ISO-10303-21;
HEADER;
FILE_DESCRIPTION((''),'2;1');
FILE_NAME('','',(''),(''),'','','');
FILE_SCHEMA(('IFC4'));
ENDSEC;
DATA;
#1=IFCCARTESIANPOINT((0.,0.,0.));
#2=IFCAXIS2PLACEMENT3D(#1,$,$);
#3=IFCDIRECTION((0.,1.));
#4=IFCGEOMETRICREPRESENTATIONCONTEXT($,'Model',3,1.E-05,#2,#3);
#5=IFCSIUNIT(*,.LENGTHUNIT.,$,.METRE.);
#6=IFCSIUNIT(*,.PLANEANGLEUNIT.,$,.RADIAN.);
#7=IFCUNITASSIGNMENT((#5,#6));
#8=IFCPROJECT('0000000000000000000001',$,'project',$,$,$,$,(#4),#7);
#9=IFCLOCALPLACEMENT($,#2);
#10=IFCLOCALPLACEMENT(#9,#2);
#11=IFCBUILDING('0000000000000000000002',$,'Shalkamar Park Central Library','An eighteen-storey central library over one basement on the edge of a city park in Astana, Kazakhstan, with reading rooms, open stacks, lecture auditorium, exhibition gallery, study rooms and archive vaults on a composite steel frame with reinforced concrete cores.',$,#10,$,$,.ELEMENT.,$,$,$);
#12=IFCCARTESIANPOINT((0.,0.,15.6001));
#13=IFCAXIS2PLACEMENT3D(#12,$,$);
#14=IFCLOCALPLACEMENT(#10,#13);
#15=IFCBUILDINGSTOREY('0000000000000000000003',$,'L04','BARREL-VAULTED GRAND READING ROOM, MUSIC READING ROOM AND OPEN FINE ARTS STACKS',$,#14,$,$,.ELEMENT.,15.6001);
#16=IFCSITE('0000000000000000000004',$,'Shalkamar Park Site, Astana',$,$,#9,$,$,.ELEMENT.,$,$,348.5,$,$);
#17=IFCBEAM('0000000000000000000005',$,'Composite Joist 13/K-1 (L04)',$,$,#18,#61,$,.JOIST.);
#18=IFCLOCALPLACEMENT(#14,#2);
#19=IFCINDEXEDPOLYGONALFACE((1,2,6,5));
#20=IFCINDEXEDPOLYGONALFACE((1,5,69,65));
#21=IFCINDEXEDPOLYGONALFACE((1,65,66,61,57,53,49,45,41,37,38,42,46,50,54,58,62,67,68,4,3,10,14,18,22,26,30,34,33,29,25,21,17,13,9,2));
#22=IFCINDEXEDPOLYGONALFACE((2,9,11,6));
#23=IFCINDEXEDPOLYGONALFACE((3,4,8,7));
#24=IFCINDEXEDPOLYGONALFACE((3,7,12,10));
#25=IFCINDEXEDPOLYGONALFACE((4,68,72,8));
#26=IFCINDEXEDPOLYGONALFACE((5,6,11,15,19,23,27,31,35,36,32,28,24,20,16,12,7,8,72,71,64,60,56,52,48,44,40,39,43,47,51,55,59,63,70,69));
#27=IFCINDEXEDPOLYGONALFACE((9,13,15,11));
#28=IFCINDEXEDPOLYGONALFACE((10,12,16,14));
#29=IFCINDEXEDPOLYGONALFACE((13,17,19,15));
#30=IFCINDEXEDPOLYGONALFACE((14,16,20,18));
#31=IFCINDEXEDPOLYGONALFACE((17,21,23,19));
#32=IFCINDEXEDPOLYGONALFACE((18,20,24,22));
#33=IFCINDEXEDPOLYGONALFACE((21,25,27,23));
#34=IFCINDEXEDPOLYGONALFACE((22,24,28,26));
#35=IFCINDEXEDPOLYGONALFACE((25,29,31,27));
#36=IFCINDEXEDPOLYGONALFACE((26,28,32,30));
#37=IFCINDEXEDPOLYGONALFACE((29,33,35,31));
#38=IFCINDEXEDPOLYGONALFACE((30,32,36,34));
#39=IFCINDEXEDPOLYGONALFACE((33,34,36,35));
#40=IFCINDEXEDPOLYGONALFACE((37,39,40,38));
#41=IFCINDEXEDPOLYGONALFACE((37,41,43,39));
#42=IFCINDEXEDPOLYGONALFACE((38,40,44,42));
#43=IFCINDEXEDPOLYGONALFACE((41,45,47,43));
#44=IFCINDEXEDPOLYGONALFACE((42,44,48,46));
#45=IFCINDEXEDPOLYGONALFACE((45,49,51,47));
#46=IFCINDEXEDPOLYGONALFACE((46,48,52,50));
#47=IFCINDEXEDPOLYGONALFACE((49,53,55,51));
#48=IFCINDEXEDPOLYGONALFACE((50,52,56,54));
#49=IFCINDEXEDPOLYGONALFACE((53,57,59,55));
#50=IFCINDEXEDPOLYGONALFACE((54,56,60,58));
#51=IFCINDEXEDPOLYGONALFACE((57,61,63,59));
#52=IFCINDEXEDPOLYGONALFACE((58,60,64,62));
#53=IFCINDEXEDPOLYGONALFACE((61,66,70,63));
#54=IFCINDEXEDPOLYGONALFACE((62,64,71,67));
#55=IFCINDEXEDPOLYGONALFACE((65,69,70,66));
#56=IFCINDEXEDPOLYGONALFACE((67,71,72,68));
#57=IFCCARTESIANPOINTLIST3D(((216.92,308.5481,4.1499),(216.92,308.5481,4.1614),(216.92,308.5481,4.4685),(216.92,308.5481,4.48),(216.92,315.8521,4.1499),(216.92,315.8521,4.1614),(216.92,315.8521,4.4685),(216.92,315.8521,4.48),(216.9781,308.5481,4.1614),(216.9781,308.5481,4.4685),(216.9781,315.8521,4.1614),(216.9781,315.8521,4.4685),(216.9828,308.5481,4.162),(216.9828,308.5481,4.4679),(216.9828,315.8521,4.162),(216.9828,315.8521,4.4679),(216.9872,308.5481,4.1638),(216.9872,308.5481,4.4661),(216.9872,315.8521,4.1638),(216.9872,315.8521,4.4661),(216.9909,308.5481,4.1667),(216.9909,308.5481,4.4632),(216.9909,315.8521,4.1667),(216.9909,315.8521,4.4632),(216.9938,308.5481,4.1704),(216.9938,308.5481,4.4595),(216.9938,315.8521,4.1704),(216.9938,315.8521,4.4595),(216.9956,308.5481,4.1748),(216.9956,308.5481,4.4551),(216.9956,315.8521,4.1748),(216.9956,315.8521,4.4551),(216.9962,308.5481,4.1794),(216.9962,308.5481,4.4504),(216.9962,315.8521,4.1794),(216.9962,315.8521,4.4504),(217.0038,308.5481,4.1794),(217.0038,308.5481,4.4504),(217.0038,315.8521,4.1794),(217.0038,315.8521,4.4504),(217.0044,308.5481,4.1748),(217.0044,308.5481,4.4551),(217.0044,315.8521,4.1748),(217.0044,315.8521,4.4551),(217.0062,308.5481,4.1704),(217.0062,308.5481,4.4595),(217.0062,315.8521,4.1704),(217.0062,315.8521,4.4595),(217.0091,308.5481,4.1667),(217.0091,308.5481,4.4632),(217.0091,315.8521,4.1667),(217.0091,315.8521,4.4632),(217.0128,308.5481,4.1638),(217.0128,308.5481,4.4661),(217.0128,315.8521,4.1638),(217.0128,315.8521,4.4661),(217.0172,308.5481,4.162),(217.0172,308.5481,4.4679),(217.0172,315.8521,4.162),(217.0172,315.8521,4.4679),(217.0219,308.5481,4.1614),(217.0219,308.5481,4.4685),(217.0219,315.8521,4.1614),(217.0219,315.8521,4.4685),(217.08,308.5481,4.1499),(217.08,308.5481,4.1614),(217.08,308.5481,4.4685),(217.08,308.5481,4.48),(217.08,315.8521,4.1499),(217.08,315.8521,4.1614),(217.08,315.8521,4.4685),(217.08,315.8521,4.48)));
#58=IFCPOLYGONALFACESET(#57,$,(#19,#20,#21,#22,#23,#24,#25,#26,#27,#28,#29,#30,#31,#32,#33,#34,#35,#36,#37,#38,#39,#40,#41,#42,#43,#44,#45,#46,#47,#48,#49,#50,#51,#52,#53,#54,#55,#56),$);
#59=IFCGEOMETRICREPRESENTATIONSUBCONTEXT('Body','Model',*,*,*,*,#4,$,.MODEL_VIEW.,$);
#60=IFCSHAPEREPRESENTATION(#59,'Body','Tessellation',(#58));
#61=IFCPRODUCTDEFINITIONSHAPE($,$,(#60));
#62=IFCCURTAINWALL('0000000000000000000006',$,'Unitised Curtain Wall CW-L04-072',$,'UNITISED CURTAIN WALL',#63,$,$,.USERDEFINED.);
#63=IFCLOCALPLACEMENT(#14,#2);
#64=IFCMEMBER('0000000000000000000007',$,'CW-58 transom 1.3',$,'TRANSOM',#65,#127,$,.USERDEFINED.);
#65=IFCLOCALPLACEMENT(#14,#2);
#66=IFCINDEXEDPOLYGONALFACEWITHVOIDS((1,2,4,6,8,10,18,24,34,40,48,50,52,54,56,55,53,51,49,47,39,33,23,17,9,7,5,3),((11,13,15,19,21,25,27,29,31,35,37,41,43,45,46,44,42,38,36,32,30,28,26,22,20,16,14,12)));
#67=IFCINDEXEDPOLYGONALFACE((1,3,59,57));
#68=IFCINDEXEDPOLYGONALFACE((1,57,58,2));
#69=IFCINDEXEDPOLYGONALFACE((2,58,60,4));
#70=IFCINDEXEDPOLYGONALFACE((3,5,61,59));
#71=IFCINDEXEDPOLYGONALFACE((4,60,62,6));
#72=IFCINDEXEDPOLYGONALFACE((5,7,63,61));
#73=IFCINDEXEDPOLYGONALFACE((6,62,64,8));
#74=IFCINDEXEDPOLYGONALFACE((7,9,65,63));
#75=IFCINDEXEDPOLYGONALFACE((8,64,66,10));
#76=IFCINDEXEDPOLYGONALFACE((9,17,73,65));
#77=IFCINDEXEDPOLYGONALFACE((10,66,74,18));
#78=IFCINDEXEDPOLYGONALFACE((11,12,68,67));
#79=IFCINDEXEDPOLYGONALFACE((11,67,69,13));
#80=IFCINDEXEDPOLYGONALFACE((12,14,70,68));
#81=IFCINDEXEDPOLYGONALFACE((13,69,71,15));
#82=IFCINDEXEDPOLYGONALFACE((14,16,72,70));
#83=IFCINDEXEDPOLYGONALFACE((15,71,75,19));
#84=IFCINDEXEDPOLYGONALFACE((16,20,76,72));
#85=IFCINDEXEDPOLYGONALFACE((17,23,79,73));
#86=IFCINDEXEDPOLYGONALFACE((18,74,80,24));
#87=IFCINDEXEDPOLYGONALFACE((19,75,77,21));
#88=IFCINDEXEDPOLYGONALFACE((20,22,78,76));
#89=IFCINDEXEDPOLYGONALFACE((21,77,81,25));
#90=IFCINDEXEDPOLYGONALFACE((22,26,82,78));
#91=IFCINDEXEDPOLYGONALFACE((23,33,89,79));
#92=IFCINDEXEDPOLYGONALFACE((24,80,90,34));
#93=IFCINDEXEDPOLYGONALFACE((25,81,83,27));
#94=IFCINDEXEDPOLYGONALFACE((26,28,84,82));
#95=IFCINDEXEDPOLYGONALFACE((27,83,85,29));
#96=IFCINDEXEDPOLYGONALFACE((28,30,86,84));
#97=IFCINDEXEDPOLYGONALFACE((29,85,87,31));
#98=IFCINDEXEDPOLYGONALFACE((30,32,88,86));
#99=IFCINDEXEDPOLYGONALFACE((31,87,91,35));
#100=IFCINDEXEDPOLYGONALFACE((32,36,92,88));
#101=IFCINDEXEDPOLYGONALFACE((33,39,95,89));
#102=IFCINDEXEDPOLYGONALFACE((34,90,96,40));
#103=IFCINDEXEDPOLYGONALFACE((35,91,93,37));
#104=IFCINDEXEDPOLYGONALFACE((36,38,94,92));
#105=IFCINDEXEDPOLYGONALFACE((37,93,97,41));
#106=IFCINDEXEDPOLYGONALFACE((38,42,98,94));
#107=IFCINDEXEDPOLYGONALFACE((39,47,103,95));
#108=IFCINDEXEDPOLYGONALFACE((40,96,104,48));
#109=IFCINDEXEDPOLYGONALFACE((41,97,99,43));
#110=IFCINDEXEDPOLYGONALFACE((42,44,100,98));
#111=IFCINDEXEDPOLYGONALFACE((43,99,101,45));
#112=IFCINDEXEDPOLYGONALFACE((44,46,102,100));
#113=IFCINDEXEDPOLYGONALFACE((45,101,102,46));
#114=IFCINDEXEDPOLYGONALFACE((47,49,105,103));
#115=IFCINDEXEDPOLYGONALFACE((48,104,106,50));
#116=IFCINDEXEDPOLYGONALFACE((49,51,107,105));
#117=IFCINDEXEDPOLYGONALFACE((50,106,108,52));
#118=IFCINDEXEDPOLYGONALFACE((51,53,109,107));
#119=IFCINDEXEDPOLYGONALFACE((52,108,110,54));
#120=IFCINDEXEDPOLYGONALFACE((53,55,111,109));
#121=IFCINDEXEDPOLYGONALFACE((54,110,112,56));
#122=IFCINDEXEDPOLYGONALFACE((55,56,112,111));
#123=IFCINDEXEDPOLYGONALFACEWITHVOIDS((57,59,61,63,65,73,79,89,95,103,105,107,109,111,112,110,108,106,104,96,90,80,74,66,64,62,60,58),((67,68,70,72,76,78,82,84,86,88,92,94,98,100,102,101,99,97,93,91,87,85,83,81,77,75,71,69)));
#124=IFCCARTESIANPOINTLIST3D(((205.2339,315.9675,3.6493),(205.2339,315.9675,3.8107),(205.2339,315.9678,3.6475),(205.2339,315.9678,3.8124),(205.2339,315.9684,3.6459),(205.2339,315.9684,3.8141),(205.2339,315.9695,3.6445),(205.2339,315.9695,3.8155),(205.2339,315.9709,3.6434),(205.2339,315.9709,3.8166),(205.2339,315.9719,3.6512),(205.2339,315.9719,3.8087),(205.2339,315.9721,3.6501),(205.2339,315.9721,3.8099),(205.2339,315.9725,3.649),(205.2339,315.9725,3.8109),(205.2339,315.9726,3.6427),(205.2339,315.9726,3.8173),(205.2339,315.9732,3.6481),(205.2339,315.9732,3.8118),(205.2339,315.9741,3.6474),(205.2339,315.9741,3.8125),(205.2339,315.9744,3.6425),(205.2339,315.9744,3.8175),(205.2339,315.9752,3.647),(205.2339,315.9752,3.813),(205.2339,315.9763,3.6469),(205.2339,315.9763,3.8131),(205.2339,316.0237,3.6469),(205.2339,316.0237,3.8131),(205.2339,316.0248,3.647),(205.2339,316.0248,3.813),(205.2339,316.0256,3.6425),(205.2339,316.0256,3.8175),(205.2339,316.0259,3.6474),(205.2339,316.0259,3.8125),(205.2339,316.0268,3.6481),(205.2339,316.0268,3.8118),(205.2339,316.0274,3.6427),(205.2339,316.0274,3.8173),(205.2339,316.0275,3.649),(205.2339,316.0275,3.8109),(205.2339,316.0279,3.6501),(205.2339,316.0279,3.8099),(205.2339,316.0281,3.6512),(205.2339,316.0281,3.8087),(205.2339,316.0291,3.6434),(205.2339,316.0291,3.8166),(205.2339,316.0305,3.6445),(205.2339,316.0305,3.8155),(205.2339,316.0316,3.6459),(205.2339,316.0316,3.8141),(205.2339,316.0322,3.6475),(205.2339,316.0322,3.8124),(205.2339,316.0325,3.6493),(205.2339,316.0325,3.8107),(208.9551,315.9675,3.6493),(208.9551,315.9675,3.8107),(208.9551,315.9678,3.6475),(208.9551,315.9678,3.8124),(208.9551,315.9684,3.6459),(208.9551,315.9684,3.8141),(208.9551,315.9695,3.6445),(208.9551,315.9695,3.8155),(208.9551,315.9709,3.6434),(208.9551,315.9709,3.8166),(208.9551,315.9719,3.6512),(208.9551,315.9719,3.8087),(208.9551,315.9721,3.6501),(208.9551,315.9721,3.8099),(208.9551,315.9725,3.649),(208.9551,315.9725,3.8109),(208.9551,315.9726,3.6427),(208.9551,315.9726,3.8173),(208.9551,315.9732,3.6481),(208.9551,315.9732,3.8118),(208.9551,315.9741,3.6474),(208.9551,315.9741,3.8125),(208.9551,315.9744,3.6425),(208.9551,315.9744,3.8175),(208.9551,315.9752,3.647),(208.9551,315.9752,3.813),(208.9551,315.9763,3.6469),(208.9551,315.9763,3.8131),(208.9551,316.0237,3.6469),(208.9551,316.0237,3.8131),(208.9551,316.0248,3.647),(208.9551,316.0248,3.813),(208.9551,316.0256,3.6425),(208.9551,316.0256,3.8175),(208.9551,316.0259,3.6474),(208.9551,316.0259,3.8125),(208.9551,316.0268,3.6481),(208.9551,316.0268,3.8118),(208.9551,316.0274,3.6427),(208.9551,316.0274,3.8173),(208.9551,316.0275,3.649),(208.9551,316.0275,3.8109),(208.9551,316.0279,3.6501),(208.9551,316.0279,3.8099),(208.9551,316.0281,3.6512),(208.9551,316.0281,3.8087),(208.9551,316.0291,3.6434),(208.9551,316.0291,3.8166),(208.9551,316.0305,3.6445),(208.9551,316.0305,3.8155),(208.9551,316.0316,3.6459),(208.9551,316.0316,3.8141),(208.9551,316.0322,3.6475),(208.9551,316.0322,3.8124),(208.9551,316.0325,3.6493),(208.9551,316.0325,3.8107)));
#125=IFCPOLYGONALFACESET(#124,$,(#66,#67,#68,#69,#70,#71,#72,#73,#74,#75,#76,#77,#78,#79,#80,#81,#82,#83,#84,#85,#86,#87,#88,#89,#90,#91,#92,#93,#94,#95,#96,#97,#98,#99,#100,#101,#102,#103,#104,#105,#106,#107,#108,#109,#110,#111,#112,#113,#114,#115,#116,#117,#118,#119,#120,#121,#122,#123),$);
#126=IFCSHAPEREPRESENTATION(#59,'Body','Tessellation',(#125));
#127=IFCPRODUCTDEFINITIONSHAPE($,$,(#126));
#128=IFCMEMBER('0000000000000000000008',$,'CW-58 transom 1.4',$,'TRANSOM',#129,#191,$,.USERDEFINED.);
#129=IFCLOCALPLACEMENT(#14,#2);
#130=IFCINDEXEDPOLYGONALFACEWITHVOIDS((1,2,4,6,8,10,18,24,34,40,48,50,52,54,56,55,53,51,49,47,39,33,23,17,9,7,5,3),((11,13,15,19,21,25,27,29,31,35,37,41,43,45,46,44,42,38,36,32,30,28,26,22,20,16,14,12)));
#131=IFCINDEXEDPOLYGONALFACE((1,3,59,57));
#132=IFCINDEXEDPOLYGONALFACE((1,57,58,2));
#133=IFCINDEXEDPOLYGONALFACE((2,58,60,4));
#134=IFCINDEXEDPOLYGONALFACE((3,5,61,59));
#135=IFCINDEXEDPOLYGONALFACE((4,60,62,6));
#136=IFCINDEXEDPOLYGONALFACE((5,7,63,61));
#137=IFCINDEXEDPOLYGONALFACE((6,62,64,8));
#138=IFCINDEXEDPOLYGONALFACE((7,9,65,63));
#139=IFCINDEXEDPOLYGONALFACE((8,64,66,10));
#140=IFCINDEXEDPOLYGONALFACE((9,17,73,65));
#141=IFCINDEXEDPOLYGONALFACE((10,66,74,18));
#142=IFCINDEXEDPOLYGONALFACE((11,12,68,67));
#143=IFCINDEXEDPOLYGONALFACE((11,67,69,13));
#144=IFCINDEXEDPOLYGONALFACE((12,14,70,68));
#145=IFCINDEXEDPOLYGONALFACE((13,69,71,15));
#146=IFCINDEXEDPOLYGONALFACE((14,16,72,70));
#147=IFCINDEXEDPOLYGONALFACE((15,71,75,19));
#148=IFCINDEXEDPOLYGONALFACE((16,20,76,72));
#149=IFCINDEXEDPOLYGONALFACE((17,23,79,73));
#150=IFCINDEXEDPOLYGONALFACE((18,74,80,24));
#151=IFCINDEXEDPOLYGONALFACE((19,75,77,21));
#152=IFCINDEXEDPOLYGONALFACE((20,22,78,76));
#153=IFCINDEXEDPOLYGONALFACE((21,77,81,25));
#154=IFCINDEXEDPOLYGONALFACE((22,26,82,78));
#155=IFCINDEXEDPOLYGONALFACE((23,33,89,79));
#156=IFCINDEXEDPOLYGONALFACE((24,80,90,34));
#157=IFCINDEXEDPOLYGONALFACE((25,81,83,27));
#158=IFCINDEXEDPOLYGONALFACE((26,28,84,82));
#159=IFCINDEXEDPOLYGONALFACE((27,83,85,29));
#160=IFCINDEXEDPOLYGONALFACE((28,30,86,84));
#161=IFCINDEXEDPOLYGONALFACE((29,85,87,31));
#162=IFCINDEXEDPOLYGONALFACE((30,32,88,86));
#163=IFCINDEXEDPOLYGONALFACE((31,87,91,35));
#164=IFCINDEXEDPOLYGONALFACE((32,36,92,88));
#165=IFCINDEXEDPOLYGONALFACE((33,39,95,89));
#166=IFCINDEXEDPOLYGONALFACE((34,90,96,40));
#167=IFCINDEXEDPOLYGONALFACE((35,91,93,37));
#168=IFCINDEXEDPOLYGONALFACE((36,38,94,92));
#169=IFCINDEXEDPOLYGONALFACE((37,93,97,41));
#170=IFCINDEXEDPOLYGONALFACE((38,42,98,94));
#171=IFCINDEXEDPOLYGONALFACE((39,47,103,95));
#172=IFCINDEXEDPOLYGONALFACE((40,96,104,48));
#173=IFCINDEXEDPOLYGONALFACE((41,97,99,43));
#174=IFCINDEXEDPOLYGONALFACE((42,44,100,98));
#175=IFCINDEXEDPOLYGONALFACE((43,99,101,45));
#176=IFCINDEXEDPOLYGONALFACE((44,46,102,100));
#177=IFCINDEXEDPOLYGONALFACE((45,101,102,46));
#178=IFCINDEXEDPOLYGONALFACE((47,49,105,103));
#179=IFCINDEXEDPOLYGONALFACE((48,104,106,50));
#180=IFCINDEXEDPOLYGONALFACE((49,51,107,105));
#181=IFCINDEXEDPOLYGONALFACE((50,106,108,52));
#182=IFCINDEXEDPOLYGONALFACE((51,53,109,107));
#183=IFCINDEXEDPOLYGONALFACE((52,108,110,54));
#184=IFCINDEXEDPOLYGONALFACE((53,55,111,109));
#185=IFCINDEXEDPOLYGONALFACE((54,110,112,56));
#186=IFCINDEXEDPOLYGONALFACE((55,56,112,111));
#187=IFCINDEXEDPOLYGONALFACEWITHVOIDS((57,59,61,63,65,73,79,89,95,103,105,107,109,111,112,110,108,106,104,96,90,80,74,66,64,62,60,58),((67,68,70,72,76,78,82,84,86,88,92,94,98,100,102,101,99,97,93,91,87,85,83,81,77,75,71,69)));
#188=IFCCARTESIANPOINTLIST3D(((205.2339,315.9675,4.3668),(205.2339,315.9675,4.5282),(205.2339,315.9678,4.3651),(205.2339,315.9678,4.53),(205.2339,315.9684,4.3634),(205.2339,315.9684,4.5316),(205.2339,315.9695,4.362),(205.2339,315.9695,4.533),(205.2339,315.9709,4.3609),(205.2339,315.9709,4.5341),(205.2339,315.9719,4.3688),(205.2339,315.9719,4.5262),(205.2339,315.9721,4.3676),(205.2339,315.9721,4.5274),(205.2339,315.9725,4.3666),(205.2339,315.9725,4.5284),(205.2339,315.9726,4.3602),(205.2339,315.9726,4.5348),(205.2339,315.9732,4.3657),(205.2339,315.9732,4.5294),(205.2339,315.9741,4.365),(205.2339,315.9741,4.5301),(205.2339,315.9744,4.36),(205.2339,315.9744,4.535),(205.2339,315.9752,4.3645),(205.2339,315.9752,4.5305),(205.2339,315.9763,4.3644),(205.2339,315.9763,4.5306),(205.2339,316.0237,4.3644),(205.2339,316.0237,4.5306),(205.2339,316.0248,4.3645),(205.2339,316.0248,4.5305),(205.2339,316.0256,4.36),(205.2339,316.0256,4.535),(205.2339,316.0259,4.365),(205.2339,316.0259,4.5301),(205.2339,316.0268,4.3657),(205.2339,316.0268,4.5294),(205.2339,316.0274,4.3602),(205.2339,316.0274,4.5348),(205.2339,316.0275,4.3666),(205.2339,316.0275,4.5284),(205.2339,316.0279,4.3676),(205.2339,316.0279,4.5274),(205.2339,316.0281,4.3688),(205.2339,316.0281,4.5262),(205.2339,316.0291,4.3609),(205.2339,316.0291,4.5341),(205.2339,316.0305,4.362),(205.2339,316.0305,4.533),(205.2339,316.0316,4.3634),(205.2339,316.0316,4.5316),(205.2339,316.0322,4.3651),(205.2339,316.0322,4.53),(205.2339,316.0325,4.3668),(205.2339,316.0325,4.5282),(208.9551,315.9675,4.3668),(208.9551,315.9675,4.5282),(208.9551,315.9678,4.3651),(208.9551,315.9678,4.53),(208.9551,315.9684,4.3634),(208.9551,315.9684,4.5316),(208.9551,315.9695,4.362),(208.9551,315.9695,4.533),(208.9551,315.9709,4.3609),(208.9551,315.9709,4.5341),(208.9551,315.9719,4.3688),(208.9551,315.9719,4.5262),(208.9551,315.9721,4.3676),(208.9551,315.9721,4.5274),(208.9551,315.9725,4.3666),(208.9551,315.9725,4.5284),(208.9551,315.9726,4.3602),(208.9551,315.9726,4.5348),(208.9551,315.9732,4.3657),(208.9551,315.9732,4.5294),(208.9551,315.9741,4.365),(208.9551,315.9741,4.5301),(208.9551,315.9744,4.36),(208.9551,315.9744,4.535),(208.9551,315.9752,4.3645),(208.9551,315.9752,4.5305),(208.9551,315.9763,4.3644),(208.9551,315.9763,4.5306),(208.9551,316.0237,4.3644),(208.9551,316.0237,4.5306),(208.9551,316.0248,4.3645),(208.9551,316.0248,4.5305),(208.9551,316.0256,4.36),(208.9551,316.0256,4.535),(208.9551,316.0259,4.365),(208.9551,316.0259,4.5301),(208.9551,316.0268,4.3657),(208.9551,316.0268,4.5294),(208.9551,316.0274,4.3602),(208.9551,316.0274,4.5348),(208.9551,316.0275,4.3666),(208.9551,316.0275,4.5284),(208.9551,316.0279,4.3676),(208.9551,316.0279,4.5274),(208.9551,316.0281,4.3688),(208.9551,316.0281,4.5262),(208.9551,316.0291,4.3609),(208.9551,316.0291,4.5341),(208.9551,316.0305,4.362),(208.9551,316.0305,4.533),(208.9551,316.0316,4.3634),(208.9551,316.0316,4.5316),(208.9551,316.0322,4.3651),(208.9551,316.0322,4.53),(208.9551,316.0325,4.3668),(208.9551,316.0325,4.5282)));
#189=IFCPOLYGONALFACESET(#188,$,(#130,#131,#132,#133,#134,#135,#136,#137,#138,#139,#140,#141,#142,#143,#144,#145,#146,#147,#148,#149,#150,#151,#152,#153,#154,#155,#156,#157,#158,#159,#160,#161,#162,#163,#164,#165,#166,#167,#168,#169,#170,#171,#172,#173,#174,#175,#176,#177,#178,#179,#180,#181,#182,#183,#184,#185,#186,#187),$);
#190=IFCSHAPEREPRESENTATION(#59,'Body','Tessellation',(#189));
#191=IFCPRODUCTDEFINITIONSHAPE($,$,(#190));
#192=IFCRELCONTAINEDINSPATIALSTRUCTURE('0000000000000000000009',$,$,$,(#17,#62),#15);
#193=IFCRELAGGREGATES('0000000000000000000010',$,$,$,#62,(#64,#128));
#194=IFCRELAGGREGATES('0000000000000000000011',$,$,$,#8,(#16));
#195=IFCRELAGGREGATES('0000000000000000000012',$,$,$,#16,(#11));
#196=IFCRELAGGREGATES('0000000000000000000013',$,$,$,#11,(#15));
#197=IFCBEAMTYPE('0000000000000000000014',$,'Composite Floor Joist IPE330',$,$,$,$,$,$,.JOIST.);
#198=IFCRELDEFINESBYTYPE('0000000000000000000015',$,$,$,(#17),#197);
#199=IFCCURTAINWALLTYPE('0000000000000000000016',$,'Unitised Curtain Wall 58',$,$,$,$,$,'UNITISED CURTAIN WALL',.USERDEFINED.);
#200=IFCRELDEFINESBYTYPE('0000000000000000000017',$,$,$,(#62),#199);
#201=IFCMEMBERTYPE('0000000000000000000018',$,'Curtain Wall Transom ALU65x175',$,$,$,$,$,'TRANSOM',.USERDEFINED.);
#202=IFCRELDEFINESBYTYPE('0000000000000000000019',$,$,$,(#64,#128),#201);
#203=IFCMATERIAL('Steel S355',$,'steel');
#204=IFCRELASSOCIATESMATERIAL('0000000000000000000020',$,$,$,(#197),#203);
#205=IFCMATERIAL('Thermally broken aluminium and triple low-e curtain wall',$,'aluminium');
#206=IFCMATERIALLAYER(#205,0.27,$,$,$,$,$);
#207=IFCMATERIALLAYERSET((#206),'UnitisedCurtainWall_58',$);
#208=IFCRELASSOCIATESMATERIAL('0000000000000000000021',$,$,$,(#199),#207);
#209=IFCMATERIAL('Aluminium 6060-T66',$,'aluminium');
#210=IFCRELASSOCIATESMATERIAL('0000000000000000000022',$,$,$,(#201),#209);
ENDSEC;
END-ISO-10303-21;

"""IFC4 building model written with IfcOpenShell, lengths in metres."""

from ifc_helpers import new_model, si_unit, direction, frame, origin, origin_2d, place, context, subcontext, project, spatial, hollow_rectangle, i_section, extrude, material, layer, layer_set, material_profile, profile_set, type_object, element, aggregate, save


model = new_model("IFC4")

# Units and contexts
model_context = context("Model", 3, precision=1e-05, world=origin(), true_north=direction((0.0, 1.0)))
body_context = subcontext(model_context, "Body", "Model", "MODEL_VIEW")
ifc_project = project(units=[si_unit("LENGTHUNIT", "METRE"), si_unit("PLANEANGLEUNIT", "RADIAN")], contexts=[model_context])

# Site, building, storey
site_placement = place(None, origin())
site = spatial("IfcSite", under=ifc_project, at=site_placement, Name="Shalkamar Park Site, Astana", CompositionType="ELEMENT", RefElevation=348.5)
building_placement = place(site_placement, origin())
building = spatial("IfcBuilding", under=site, at=building_placement, Name="Shalkamar Park Central Library", Description="An eighteen-storey central library over one basement on the edge of a city park in Astana, Kazakhstan, with reading rooms, open stacks, lecture auditorium, exhibition gallery, study rooms and archive vaults on a composite steel frame with reinforced concrete cores.", CompositionType="ELEMENT")
storey_placement = place(building_placement, frame((0.0, 0.0, 15.6001)))
storey = spatial("IfcBuildingStorey", under=building, at=storey_placement, Name="L04", Description="BARREL-VAULTED GRAND READING ROOM, MUSIC READING ROOM AND OPEN FINE ARTS STACKS", CompositionType="ELEMENT", Elevation=15.6001)

# Shared definitions
ifc_material_1 = material(Name="Steel S355", Category="steel")

# Beam
ifc_material_profile_1 = material_profile(ifc_material_1, i_section(OverallWidth=0.1599, OverallDepth=0.3301, WebThickness=0.0076, FlangeThickness=0.0115, FilletRadius=0.0181, at=origin_2d()), Name="IPE 330")
ifc_profile_set_1 = profile_set([ifc_material_profile_1], Name="Steel S355")
beam_type_1 = type_object("IfcBeamType", Name="Composite Floor Joist IPE330", PredefinedType="JOIST", material=ifc_profile_set_1)
beam_1_placement = place(storey_placement, frame((217.0, 308.5481, 4.3149), z_axis=(0.0, 1.0, 0.0), x_axis=(-1.0, 0.0, 0.0)))
element("IfcBeam", 1, at=beam_1_placement, inside=storey, type_object=beam_type_1, Name="Composite Joist 13/K-1 (L04)", PredefinedType="JOIST", context=body_context, shape_type="SweptSolid", body=[
    extrude(i_section(OverallWidth=0.1599, OverallDepth=0.3301, WebThickness=0.0076, FlangeThickness=0.0115, FilletRadius=0.0181, at=origin_2d()), origin(), (0.0, 0.0, 1.0), 7.304),
])

# Curtain wall, members
ifc_material_2 = material(Name="Thermally broken aluminium and triple low-e curtain wall", Category="aluminium")
ifc_layer_1 = layer(ifc_material_2, 0.27)
ifc_layer_set_1 = layer_set([ifc_layer_1], Name="UnitisedCurtainWall_58")
curtain_wall_type = type_object("IfcCurtainWallType", Name="Unitised Curtain Wall 58", ElementType="UNITISED CURTAIN WALL", PredefinedType="USERDEFINED", material=ifc_layer_set_1)
curtain_wall_placement = place(storey_placement, origin())
curtain_wall = element("IfcCurtainWall", 2, at=curtain_wall_placement, inside=storey, type_object=curtain_wall_type, Name="Unitised Curtain Wall CW-L04-072", ObjectType="UNITISED CURTAIN WALL", PredefinedType="USERDEFINED")
ifc_material_3 = material(Name="Aluminium 6060-T66", Category="aluminium")
ifc_material_profile_2 = material_profile(ifc_material_3, hollow_rectangle(XDim=0.0649, YDim=0.175, WallThickness=0.0044, InnerFilletRadius=0.0044, OuterFilletRadius=0.0068, at=origin_2d()), Name="ALU 65x175x4.5")
ifc_profile_set_2 = profile_set([ifc_material_profile_2], Name="Aluminium 6060-T66")
member_type = type_object("IfcMemberType", Name="Curtain Wall Transom ALU65x175", ElementType="TRANSOM", PredefinedType="USERDEFINED", material=ifc_profile_set_2)
member_1_placement = place(storey_placement, frame((205.2339, 316.0, 3.73), z_axis=(1.0, 0.0, 0.0), x_axis=(0.0, 1.0, 0.0)))
member_1 = element("IfcMember", 3, at=member_1_placement, type_object=member_type, Name="CW-58 transom 1.3", ObjectType="TRANSOM", PredefinedType="USERDEFINED", context=body_context, shape_type="SweptSolid", body=[
    extrude(hollow_rectangle(XDim=0.0649, YDim=0.175, WallThickness=0.0044, InnerFilletRadius=0.0044, OuterFilletRadius=0.0068, at=origin_2d()), origin(), (0.0, 0.0, 1.0), 3.7212),
])
member_2_placement = place(storey_placement, frame((205.2339, 316.0, 4.4475), z_axis=(1.0, 0.0, 0.0), x_axis=(0.0, 1.0, 0.0)))
member_2 = element("IfcMember", 4, at=member_2_placement, type_object=member_type, Name="CW-58 transom 1.4", ObjectType="TRANSOM", PredefinedType="USERDEFINED", context=body_context, shape_type="SweptSolid", body=[
    extrude(hollow_rectangle(XDim=0.0649, YDim=0.175, WallThickness=0.0044, InnerFilletRadius=0.0044, OuterFilletRadius=0.0068, at=origin_2d()), origin(), (0.0, 0.0, 1.0), 3.7212),
])

aggregate(curtain_wall, [member_1, member_2])

save(model, "model.ifc")
